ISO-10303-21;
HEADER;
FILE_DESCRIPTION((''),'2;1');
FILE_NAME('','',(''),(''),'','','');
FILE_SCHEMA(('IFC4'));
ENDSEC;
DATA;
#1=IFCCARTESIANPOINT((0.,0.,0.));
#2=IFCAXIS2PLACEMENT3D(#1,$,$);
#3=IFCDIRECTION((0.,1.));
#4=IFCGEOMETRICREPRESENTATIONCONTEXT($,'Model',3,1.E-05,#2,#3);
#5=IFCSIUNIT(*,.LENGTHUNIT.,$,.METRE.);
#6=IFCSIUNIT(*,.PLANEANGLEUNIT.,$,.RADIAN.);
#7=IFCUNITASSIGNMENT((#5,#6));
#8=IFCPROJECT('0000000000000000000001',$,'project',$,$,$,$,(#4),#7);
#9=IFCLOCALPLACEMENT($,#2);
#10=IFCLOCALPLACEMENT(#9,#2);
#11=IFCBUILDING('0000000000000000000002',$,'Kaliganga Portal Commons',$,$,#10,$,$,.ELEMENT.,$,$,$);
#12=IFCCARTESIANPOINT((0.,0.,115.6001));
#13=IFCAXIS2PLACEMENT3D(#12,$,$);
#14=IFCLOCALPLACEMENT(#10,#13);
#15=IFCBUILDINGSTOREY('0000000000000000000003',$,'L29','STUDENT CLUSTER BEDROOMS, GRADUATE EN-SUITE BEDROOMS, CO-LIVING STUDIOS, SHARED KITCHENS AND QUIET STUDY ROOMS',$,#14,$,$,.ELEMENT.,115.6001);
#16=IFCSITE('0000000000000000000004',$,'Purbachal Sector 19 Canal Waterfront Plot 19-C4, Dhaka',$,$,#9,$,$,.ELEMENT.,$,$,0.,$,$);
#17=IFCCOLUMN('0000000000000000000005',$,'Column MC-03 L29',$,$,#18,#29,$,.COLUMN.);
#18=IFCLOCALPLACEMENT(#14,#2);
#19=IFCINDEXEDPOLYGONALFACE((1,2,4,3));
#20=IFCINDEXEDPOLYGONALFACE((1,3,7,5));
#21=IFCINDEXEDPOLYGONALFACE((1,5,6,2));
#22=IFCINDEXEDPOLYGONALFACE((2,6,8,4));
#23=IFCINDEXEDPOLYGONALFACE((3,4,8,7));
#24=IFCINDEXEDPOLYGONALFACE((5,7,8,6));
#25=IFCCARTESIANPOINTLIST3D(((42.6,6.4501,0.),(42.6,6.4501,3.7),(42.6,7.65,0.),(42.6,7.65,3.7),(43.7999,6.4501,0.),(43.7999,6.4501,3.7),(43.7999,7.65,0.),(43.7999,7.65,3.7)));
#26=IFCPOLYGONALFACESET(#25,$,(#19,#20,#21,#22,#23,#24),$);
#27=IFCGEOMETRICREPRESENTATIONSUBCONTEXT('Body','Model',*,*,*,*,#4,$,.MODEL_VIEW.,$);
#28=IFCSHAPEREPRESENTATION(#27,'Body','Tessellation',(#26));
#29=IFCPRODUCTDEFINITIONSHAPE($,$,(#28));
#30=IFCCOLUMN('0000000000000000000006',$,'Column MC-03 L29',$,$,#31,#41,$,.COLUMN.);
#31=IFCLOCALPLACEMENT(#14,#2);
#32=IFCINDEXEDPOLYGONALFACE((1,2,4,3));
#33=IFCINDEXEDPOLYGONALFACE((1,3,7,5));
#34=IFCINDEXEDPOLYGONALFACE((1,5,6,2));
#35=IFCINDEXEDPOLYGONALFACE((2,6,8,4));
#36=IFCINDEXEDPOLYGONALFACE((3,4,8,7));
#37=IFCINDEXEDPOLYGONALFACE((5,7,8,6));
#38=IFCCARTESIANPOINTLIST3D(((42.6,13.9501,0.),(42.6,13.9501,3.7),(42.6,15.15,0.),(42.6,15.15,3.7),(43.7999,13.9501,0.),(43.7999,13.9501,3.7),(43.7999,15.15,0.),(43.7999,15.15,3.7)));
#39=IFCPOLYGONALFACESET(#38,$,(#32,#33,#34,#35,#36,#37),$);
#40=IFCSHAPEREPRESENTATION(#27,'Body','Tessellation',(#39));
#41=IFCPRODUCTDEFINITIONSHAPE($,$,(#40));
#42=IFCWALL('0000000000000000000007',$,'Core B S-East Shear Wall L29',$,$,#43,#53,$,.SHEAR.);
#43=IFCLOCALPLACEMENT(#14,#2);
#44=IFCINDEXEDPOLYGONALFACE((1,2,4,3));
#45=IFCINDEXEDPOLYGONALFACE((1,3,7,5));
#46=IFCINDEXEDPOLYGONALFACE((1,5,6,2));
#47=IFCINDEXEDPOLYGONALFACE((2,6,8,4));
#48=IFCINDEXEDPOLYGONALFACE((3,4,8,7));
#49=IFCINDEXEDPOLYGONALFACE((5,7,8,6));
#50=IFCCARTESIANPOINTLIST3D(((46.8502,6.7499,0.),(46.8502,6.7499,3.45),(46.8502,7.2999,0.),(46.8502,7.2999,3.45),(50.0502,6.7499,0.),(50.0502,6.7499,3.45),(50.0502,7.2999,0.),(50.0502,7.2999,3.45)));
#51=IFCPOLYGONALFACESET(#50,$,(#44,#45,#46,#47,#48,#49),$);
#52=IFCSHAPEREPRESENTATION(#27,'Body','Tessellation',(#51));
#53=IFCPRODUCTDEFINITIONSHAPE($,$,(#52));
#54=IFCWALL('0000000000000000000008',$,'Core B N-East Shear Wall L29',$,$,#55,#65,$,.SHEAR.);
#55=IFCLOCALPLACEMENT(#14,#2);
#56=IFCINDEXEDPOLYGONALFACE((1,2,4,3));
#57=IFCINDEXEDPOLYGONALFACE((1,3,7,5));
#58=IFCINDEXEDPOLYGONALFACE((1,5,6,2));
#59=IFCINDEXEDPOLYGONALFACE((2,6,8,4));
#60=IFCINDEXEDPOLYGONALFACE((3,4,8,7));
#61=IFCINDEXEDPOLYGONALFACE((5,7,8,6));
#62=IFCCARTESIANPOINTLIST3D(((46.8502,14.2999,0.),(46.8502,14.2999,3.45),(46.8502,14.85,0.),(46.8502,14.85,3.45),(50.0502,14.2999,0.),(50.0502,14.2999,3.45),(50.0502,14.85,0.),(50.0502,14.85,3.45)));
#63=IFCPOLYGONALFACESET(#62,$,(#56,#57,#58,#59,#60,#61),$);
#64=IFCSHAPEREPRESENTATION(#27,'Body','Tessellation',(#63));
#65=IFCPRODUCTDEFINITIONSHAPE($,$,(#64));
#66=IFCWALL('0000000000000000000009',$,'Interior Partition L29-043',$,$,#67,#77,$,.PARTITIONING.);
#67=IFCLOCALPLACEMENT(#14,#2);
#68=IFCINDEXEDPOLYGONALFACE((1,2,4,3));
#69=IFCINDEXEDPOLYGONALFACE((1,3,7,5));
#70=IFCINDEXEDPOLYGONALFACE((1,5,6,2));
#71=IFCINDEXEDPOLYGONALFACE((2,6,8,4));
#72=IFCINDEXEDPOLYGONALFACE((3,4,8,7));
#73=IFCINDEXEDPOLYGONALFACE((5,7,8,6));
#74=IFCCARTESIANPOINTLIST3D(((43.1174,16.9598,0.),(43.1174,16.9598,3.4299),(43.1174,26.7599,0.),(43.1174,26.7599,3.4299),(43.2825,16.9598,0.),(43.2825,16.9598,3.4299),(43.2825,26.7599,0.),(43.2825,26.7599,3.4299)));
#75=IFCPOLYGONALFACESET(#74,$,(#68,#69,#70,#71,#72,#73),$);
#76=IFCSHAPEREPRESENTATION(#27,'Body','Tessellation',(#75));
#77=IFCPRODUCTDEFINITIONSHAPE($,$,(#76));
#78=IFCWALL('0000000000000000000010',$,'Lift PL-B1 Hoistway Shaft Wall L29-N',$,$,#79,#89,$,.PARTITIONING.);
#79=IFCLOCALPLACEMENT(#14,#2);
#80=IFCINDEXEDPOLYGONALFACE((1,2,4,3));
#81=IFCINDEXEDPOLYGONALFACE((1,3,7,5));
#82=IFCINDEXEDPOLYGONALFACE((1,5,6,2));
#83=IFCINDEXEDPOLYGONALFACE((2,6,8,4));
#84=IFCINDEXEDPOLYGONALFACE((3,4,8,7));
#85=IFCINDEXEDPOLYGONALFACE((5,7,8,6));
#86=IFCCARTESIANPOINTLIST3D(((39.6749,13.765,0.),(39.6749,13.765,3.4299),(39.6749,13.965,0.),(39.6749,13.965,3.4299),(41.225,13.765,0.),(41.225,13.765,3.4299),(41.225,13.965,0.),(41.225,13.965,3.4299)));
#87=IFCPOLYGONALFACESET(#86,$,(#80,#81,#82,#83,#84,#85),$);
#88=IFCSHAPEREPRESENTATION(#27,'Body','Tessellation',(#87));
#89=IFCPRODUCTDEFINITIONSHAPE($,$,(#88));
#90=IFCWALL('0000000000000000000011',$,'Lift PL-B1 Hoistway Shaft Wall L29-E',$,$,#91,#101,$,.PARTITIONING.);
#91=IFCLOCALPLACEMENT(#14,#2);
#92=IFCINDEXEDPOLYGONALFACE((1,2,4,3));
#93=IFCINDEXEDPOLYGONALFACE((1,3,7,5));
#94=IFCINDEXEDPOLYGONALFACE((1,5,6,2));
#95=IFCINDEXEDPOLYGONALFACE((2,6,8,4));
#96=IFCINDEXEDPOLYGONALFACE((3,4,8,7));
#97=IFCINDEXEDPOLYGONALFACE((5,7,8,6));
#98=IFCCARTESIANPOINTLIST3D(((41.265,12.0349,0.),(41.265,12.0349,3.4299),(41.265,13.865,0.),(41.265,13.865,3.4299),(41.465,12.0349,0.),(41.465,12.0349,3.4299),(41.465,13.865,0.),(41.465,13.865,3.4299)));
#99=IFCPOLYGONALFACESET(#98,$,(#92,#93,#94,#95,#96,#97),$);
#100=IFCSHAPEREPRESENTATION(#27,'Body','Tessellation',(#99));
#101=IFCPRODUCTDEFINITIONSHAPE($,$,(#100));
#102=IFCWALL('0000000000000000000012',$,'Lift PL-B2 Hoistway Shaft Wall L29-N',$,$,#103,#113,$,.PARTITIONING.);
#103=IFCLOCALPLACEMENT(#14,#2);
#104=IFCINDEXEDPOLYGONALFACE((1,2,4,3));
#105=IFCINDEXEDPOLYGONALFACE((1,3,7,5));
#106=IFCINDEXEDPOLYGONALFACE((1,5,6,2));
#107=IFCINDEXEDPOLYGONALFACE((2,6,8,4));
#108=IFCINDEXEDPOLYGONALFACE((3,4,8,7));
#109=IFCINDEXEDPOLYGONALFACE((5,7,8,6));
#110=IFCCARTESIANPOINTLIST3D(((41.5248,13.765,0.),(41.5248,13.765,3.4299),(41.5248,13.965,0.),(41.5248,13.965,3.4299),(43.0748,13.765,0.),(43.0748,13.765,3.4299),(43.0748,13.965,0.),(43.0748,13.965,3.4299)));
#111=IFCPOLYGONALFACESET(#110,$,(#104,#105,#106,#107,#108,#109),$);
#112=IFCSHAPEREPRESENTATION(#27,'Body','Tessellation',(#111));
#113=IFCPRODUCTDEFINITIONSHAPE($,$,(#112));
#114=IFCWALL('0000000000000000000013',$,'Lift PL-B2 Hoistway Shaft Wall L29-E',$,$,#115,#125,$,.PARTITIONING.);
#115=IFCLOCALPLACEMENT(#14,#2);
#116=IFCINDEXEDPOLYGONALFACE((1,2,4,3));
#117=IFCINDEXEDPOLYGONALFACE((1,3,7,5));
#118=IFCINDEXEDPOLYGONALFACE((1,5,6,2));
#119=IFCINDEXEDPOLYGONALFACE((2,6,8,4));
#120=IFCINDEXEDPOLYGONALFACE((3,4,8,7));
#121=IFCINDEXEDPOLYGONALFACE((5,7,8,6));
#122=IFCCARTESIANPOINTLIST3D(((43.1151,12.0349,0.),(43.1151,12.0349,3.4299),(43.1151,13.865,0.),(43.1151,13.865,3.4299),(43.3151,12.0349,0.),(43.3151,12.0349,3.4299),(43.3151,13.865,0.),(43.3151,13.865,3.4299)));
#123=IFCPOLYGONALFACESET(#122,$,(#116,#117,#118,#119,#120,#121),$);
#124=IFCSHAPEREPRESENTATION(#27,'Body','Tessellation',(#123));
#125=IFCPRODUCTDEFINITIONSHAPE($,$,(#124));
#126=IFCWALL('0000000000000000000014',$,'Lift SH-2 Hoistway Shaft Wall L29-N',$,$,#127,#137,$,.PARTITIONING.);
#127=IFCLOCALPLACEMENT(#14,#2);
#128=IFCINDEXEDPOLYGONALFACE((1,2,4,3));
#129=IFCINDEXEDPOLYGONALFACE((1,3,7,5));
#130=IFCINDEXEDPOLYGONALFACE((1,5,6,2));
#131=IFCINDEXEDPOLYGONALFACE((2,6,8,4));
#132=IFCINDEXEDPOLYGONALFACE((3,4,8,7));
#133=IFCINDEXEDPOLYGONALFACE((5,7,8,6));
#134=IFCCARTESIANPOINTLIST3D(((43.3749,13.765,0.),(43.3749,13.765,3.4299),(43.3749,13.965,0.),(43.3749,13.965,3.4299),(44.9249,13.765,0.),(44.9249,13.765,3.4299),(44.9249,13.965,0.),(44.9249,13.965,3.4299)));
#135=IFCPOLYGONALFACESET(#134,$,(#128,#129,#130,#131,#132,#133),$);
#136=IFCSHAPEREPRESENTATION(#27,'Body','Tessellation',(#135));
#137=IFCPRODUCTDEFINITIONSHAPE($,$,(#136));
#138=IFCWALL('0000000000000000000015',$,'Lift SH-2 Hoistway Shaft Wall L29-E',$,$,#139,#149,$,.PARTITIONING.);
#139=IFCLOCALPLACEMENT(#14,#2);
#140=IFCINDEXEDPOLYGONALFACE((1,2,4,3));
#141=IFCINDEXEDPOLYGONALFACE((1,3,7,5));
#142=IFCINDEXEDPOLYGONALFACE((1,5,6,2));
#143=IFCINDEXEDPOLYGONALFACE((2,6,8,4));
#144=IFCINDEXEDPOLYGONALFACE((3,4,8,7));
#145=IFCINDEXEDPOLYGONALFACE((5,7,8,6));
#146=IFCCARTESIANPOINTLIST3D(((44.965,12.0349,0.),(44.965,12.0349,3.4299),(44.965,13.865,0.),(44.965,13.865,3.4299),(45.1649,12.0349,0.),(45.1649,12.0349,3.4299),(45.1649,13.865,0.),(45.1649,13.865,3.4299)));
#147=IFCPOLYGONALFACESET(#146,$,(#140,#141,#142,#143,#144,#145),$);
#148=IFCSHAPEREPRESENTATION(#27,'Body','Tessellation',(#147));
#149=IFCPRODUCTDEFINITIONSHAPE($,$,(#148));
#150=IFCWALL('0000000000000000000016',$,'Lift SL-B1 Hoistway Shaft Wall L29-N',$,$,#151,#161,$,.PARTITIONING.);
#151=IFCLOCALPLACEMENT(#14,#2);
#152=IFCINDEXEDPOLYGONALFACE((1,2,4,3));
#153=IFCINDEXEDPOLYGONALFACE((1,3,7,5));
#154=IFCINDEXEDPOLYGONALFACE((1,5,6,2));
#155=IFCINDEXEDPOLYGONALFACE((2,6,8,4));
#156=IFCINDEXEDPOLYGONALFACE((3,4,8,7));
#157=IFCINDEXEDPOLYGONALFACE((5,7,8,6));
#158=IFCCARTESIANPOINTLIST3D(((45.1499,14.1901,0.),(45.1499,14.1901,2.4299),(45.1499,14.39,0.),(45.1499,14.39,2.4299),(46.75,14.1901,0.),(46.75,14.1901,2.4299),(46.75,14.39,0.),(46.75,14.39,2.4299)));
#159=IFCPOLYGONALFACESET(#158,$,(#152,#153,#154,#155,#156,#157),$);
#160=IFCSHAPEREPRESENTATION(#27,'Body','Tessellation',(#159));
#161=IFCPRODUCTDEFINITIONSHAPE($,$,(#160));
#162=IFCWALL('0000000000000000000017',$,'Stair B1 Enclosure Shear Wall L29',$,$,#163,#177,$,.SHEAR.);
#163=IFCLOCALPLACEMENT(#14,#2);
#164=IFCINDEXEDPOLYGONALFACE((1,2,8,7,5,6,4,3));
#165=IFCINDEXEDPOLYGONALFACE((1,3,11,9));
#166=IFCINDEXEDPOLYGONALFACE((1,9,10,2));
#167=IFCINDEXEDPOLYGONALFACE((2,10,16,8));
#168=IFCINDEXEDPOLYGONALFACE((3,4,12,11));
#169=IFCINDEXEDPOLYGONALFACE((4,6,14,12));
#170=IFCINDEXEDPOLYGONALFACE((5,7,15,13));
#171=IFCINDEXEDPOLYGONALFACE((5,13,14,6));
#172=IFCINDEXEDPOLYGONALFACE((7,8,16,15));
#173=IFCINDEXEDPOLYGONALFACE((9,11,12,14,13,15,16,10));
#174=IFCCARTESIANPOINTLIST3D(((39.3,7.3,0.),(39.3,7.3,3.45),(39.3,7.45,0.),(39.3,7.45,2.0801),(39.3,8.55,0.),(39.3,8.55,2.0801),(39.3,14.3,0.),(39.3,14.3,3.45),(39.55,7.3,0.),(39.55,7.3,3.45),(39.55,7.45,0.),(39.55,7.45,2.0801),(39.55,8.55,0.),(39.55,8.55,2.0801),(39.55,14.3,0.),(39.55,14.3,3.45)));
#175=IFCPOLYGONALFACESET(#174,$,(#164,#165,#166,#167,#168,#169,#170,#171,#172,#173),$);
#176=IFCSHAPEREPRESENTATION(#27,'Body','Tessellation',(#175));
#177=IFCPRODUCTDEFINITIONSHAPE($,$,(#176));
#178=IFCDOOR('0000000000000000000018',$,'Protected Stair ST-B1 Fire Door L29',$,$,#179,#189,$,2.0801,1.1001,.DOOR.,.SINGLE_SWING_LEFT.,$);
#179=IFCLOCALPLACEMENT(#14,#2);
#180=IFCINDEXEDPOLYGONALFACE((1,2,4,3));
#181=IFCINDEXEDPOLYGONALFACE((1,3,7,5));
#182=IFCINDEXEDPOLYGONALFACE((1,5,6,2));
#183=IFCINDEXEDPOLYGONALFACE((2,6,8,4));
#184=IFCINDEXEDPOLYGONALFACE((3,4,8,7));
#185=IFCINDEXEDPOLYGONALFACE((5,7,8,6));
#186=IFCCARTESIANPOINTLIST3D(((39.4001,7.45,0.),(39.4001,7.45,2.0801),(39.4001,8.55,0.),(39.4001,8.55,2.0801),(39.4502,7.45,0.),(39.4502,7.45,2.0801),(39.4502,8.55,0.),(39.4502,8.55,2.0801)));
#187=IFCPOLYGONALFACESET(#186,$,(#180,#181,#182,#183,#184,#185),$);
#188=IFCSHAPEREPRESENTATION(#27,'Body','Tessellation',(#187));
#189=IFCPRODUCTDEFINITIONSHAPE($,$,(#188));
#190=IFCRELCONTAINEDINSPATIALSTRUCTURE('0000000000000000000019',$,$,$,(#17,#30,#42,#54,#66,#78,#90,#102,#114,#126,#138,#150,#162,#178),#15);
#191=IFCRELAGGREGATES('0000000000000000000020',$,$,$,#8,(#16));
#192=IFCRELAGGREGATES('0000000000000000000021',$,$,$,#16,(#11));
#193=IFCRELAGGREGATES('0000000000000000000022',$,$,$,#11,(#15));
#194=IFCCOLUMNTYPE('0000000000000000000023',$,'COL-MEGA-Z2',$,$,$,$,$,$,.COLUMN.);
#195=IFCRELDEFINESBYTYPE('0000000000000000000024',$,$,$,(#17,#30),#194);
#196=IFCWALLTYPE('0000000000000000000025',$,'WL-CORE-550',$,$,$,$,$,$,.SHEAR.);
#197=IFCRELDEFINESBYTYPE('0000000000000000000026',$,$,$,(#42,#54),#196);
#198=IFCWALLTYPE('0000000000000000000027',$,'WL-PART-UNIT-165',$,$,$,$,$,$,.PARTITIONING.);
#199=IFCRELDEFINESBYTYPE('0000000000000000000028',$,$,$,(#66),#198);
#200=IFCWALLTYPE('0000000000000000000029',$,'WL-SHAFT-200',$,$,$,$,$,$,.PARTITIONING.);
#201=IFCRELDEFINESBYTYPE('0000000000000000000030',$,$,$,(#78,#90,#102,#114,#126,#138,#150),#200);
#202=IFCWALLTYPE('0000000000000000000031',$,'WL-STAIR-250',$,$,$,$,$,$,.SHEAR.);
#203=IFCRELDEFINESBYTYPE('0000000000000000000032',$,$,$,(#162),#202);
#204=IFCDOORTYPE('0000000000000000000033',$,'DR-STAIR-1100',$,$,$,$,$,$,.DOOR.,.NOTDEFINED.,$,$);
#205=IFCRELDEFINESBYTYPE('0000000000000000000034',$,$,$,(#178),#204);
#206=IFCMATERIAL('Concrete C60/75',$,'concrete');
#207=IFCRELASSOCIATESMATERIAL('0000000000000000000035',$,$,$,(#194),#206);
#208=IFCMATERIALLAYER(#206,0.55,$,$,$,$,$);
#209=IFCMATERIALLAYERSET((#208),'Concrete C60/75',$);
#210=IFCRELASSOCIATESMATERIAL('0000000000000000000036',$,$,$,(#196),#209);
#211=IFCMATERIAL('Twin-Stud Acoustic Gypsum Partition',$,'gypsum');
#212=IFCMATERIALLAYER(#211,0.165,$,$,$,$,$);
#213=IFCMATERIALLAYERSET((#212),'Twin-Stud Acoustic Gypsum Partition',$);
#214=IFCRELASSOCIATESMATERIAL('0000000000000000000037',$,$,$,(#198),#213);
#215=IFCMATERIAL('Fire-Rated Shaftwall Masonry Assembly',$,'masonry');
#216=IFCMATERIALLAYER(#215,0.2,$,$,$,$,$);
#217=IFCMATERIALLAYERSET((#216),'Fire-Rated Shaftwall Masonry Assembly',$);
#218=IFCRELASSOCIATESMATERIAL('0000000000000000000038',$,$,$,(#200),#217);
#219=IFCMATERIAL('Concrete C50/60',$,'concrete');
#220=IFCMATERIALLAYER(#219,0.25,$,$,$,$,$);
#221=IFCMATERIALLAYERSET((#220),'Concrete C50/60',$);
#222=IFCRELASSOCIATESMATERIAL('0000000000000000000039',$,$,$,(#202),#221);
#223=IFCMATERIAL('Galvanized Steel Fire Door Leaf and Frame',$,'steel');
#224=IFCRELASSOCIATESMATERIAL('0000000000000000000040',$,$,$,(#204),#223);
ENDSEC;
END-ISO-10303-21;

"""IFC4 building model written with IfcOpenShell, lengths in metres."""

from ifc_helpers import new_model, si_unit, direction, frame, frame_2d, origin, origin_2d, place, context, subcontext, project, spatial, rectangle, extrude, source, transform, mapped, material, layer, layer_set, material_profile, profile_set, type_object, element, fill, save


model = new_model("IFC4")

# Units and contexts
model_context = context("Model", 3, precision=1e-05, world=origin(), true_north=direction((0.0, 1.0)))
body_context = subcontext(model_context, "Body", "Model", "MODEL_VIEW")
ifc_project = project(units=[si_unit("LENGTHUNIT", "METRE"), si_unit("PLANEANGLEUNIT", "RADIAN")], contexts=[model_context])

# Site, building, storey
site_placement = place(None, origin())
site = spatial("IfcSite", under=ifc_project, at=site_placement, Name="Purbachal Sector 19 Canal Waterfront Plot 19-C4, Dhaka", CompositionType="ELEMENT", RefElevation=0.0)
building_placement = place(site_placement, origin())
building = spatial("IfcBuilding", under=site, at=building_placement, Name="Kaliganga Portal Commons", CompositionType="ELEMENT")
storey_placement = place(building_placement, frame((0.0, 0.0, 115.6001)))
storey = spatial("IfcBuildingStorey", under=building, at=storey_placement, Name="L29", Description="STUDENT CLUSTER BEDROOMS, GRADUATE EN-SUITE BEDROOMS, CO-LIVING STUDIOS, SHARED KITCHENS AND QUIET STUDY ROOMS", CompositionType="ELEMENT", Elevation=115.6001)

# Columns
ifc_material_1 = material(Name="Concrete C60/75", Category="concrete")
ifc_material_profile = material_profile(ifc_material_1, rectangle(XDim=1.2, YDim=1.2, at=origin_2d()), Name="RC 1200x1200")
ifc_profile_set = profile_set([ifc_material_profile], Name="Concrete C60/75")
column_type = type_object("IfcColumnType", Name="COL-MEGA-Z2", PredefinedType="COLUMN", material=ifc_profile_set)
shared_shape = source(origin(), body_context, "Body", "SweptSolid", [
    extrude(rectangle(XDim=1.2, YDim=1.2, at=origin_2d()), origin(), (0.0, 0.0, 1.0), 3.7),
])
for number, where, z_axis, x_axis, name in (
    (1, (43.2, 7.05, 0.0), (0.0, 0.0, 1.0), (1.0, 0.0, 0.0), "Column MC-03 L29"),
    (2, (43.2, 14.55, 0.0), (0.0, 0.0, 1.0), (1.0, 0.0, 0.0), "Column MC-03 L29"),
):
    element("IfcColumn", number, at=place(storey_placement, frame(where, z_axis=z_axis, x_axis=x_axis)), inside=storey, type_object=column_type, Name=name, PredefinedType="COLUMN", context=body_context, shape_type="MappedRepresentation", body=[
        mapped(shared_shape, transform((0.0, 0.0, 0.0), x_axis=(1.0, 0.0, 0.0), y_axis=(0.0, 1.0, 0.0), z_axis=(0.0, 0.0, 1.0), scale=1.0)),
    ])

# Walls
ifc_layer_1 = layer(ifc_material_1, 0.55)
ifc_layer_set_1 = layer_set([ifc_layer_1], Name="Concrete C60/75")
wall_type_1 = type_object("IfcWallType", Name="WL-CORE-550", PredefinedType="SHEAR", material=ifc_layer_set_1)
for number, where, z_axis, x_axis, name in (
    (3, (46.8501, 7.0249, 0.0), (0.0, 0.0, 1.0), (1.0, 0.0, 0.0), "Core B S-East Shear Wall L29"),
    (4, (46.8501, 14.575, 0.0), (0.0, 0.0, 1.0), (1.0, 0.0, 0.0), "Core B N-East Shear Wall L29"),
):
    element("IfcWall", number, at=place(storey_placement, frame(where, z_axis=z_axis, x_axis=x_axis)), inside=storey, type_object=wall_type_1, Name=name, PredefinedType="SHEAR", context=body_context, shape_type="SweptSolid", body=[
        extrude(rectangle(XDim=3.2, YDim=0.55, at=frame_2d((1.6001, 0.0))), origin(), (0.0, 0.0, 1.0), 3.45),
    ])

# Wall
ifc_material_2 = material(Name="Twin-Stud Acoustic Gypsum Partition", Category="gypsum")
ifc_layer_2 = layer(ifc_material_2, 0.165)
ifc_layer_set_2 = layer_set([ifc_layer_2], Name="Twin-Stud Acoustic Gypsum Partition")
wall_type_2 = type_object("IfcWallType", Name="WL-PART-UNIT-165", PredefinedType="PARTITIONING", material=ifc_layer_set_2)
wall_1_placement = place(storey_placement, frame((43.2, 16.96, 0.0), z_axis=(0.0, 0.0, 1.0), x_axis=(0.0, 1.0, 0.0)))
element("IfcWall", 5, at=wall_1_placement, inside=storey, type_object=wall_type_2, Name="Interior Partition L29-043", PredefinedType="PARTITIONING", context=body_context, shape_type="SweptSolid", body=[
    extrude(rectangle(XDim=9.8, YDim=0.165, at=frame_2d((4.8999, 0.0))), origin(), (0.0, 0.0, 1.0), 3.4299),
])

# Shared definitions
ifc_material_3 = material(Name="Fire-Rated Shaftwall Masonry Assembly", Category="masonry")
ifc_layer_3 = layer(ifc_material_3, 0.2)
ifc_layer_set_3 = layer_set([ifc_layer_3], Name="Fire-Rated Shaftwall Masonry Assembly")
wall_type_3 = type_object("IfcWallType", Name="WL-SHAFT-200", PredefinedType="PARTITIONING", material=ifc_layer_set_3)

# Walls
wall_2_placement = place(storey_placement, frame((39.675, 13.865, 0.0), z_axis=(0.0, 0.0, 1.0), x_axis=(1.0, 0.0, 0.0)))
element("IfcWall", 6, at=wall_2_placement, inside=storey, type_object=wall_type_3, Name="Lift PL-B1 Hoistway Shaft Wall L29-N", PredefinedType="PARTITIONING", context=body_context, shape_type="SweptSolid", body=[
    extrude(rectangle(XDim=1.55, YDim=0.2, at=frame_2d((0.7749, 0.0))), origin(), (0.0, 0.0, 1.0), 3.4299),
])
wall_3_placement = place(storey_placement, frame((41.365, 12.0349, 0.0), z_axis=(0.0, 0.0, 1.0), x_axis=(0.0, 1.0, 0.0)))
element("IfcWall", 7, at=wall_3_placement, inside=storey, type_object=wall_type_3, Name="Lift PL-B1 Hoistway Shaft Wall L29-E", PredefinedType="PARTITIONING", context=body_context, shape_type="SweptSolid", body=[
    extrude(rectangle(XDim=1.8301, YDim=0.2, at=frame_2d((0.915, 0.0))), origin(), (0.0, 0.0, 1.0), 3.4299),
])

# Walls
wall_4_placement = place(storey_placement, frame((41.5249, 13.865, 0.0), z_axis=(0.0, 0.0, 1.0), x_axis=(1.0, 0.0, 0.0)))
element("IfcWall", 8, at=wall_4_placement, inside=storey, type_object=wall_type_3, Name="Lift PL-B2 Hoistway Shaft Wall L29-N", PredefinedType="PARTITIONING", context=body_context, shape_type="SweptSolid", body=[
    extrude(rectangle(XDim=1.55, YDim=0.2, at=frame_2d((0.7749, 0.0))), origin(), (0.0, 0.0, 1.0), 3.4299),
])
wall_5_placement = place(storey_placement, frame((43.2151, 12.0349, 0.0), z_axis=(0.0, 0.0, 1.0), x_axis=(0.0, 1.0, 0.0)))
element("IfcWall", 9, at=wall_5_placement, inside=storey, type_object=wall_type_3, Name="Lift PL-B2 Hoistway Shaft Wall L29-E", PredefinedType="PARTITIONING", context=body_context, shape_type="SweptSolid", body=[
    extrude(rectangle(XDim=1.8301, YDim=0.2, at=frame_2d((0.915, 0.0))), origin(), (0.0, 0.0, 1.0), 3.4299),
])

# Walls
wall_6_placement = place(storey_placement, frame((43.375, 13.865, 0.0), z_axis=(0.0, 0.0, 1.0), x_axis=(1.0, 0.0, 0.0)))
element("IfcWall", 10, at=wall_6_placement, inside=storey, type_object=wall_type_3, Name="Lift SH-2 Hoistway Shaft Wall L29-N", PredefinedType="PARTITIONING", context=body_context, shape_type="SweptSolid", body=[
    extrude(rectangle(XDim=1.55, YDim=0.2, at=frame_2d((0.7749, 0.0))), origin(), (0.0, 0.0, 1.0), 3.4299),
])
wall_7_placement = place(storey_placement, frame((45.0649, 12.0349, 0.0), z_axis=(0.0, 0.0, 1.0), x_axis=(0.0, 1.0, 0.0)))
element("IfcWall", 11, at=wall_7_placement, inside=storey, type_object=wall_type_3, Name="Lift SH-2 Hoistway Shaft Wall L29-E", PredefinedType="PARTITIONING", context=body_context, shape_type="SweptSolid", body=[
    extrude(rectangle(XDim=1.8301, YDim=0.2, at=frame_2d((0.915, 0.0))), origin(), (0.0, 0.0, 1.0), 3.4299),
])

# Wall
wall_8_placement = place(storey_placement, frame((45.1499, 14.29, 0.0), z_axis=(0.0, 0.0, 1.0), x_axis=(1.0, 0.0, 0.0)))
element("IfcWall", 12, at=wall_8_placement, inside=storey, type_object=wall_type_3, Name="Lift SL-B1 Hoistway Shaft Wall L29-N", PredefinedType="PARTITIONING", context=body_context, shape_type="SweptSolid", body=[
    extrude(rectangle(XDim=1.6001, YDim=0.2, at=frame_2d((0.8, 0.0))), origin(), (0.0, 0.0, 1.0), 2.4299),
])

# Wall, opening, door
ifc_material_4 = material(Name="Concrete C50/60", Category="concrete")
ifc_layer_4 = layer(ifc_material_4, 0.25)
ifc_layer_set_4 = layer_set([ifc_layer_4], Name="Concrete C50/60")
wall_type_4 = type_object("IfcWallType", Name="WL-STAIR-250", PredefinedType="SHEAR", material=ifc_layer_set_4)
wall_9_placement = place(storey_placement, frame((39.425, 7.3, 0.0), z_axis=(0.0, 0.0, 1.0), x_axis=(0.0, 1.0, 0.0)))
wall_9 = element("IfcWall", 13, at=wall_9_placement, inside=storey, type_object=wall_type_4, Name="Stair B1 Enclosure Shear Wall L29", PredefinedType="SHEAR", context=body_context, shape_type="SweptSolid", body=[
    extrude(rectangle(XDim=7.0, YDim=0.25, at=frame_2d((3.5, 0.0))), origin(), (0.0, 0.0, 1.0), 3.45),
])
opening_1_placement = place(wall_9_placement, frame((0.1499, 0.0, 0.0)))
opening_1 = element("IfcOpeningElement", 14, at=opening_1_placement, cuts=wall_9, PredefinedType="OPENING", context=body_context, shape_type="SweptSolid", body=[
    extrude(rectangle(XDim=1.1001, YDim=2.0801, at=frame_2d((0.55, 1.04))), frame((0.0, 0.135, 0.0), z_axis=(0.0, -1.0, 0.0), x_axis=(1.0, 0.0, 0.0)), (0.0, 0.0, 1.0), 0.27),
])
ifc_material_5 = material(Name="Galvanized Steel Fire Door Leaf and Frame", Category="steel")
door_type_1 = type_object("IfcDoorType", Name="DR-STAIR-1100", OperationType="NOTDEFINED", PredefinedType="DOOR", material=ifc_material_5)
door_1_placement = place(opening_1_placement, origin())
door_1 = element("IfcDoor", 15, at=door_1_placement, inside=storey, type_object=door_type_1, Name="Protected Stair ST-B1 Fire Door L29", OperationType="SINGLE_SWING_LEFT", OverallHeight=2.0801, OverallWidth=1.1001, PredefinedType="DOOR", context=body_context, shape_type="SweptSolid", body=[
    extrude(rectangle(XDim=1.1001, YDim=2.0801, at=frame_2d((0.55, 1.04))), frame((0.0, 0.0249, 0.0), z_axis=(0.0, -1.0, 0.0), x_axis=(1.0, 0.0, 0.0)), (0.0, 0.0, 1.0), 0.05),
])
fill(opening_1, door_1)

save(model, "model.ifc")
